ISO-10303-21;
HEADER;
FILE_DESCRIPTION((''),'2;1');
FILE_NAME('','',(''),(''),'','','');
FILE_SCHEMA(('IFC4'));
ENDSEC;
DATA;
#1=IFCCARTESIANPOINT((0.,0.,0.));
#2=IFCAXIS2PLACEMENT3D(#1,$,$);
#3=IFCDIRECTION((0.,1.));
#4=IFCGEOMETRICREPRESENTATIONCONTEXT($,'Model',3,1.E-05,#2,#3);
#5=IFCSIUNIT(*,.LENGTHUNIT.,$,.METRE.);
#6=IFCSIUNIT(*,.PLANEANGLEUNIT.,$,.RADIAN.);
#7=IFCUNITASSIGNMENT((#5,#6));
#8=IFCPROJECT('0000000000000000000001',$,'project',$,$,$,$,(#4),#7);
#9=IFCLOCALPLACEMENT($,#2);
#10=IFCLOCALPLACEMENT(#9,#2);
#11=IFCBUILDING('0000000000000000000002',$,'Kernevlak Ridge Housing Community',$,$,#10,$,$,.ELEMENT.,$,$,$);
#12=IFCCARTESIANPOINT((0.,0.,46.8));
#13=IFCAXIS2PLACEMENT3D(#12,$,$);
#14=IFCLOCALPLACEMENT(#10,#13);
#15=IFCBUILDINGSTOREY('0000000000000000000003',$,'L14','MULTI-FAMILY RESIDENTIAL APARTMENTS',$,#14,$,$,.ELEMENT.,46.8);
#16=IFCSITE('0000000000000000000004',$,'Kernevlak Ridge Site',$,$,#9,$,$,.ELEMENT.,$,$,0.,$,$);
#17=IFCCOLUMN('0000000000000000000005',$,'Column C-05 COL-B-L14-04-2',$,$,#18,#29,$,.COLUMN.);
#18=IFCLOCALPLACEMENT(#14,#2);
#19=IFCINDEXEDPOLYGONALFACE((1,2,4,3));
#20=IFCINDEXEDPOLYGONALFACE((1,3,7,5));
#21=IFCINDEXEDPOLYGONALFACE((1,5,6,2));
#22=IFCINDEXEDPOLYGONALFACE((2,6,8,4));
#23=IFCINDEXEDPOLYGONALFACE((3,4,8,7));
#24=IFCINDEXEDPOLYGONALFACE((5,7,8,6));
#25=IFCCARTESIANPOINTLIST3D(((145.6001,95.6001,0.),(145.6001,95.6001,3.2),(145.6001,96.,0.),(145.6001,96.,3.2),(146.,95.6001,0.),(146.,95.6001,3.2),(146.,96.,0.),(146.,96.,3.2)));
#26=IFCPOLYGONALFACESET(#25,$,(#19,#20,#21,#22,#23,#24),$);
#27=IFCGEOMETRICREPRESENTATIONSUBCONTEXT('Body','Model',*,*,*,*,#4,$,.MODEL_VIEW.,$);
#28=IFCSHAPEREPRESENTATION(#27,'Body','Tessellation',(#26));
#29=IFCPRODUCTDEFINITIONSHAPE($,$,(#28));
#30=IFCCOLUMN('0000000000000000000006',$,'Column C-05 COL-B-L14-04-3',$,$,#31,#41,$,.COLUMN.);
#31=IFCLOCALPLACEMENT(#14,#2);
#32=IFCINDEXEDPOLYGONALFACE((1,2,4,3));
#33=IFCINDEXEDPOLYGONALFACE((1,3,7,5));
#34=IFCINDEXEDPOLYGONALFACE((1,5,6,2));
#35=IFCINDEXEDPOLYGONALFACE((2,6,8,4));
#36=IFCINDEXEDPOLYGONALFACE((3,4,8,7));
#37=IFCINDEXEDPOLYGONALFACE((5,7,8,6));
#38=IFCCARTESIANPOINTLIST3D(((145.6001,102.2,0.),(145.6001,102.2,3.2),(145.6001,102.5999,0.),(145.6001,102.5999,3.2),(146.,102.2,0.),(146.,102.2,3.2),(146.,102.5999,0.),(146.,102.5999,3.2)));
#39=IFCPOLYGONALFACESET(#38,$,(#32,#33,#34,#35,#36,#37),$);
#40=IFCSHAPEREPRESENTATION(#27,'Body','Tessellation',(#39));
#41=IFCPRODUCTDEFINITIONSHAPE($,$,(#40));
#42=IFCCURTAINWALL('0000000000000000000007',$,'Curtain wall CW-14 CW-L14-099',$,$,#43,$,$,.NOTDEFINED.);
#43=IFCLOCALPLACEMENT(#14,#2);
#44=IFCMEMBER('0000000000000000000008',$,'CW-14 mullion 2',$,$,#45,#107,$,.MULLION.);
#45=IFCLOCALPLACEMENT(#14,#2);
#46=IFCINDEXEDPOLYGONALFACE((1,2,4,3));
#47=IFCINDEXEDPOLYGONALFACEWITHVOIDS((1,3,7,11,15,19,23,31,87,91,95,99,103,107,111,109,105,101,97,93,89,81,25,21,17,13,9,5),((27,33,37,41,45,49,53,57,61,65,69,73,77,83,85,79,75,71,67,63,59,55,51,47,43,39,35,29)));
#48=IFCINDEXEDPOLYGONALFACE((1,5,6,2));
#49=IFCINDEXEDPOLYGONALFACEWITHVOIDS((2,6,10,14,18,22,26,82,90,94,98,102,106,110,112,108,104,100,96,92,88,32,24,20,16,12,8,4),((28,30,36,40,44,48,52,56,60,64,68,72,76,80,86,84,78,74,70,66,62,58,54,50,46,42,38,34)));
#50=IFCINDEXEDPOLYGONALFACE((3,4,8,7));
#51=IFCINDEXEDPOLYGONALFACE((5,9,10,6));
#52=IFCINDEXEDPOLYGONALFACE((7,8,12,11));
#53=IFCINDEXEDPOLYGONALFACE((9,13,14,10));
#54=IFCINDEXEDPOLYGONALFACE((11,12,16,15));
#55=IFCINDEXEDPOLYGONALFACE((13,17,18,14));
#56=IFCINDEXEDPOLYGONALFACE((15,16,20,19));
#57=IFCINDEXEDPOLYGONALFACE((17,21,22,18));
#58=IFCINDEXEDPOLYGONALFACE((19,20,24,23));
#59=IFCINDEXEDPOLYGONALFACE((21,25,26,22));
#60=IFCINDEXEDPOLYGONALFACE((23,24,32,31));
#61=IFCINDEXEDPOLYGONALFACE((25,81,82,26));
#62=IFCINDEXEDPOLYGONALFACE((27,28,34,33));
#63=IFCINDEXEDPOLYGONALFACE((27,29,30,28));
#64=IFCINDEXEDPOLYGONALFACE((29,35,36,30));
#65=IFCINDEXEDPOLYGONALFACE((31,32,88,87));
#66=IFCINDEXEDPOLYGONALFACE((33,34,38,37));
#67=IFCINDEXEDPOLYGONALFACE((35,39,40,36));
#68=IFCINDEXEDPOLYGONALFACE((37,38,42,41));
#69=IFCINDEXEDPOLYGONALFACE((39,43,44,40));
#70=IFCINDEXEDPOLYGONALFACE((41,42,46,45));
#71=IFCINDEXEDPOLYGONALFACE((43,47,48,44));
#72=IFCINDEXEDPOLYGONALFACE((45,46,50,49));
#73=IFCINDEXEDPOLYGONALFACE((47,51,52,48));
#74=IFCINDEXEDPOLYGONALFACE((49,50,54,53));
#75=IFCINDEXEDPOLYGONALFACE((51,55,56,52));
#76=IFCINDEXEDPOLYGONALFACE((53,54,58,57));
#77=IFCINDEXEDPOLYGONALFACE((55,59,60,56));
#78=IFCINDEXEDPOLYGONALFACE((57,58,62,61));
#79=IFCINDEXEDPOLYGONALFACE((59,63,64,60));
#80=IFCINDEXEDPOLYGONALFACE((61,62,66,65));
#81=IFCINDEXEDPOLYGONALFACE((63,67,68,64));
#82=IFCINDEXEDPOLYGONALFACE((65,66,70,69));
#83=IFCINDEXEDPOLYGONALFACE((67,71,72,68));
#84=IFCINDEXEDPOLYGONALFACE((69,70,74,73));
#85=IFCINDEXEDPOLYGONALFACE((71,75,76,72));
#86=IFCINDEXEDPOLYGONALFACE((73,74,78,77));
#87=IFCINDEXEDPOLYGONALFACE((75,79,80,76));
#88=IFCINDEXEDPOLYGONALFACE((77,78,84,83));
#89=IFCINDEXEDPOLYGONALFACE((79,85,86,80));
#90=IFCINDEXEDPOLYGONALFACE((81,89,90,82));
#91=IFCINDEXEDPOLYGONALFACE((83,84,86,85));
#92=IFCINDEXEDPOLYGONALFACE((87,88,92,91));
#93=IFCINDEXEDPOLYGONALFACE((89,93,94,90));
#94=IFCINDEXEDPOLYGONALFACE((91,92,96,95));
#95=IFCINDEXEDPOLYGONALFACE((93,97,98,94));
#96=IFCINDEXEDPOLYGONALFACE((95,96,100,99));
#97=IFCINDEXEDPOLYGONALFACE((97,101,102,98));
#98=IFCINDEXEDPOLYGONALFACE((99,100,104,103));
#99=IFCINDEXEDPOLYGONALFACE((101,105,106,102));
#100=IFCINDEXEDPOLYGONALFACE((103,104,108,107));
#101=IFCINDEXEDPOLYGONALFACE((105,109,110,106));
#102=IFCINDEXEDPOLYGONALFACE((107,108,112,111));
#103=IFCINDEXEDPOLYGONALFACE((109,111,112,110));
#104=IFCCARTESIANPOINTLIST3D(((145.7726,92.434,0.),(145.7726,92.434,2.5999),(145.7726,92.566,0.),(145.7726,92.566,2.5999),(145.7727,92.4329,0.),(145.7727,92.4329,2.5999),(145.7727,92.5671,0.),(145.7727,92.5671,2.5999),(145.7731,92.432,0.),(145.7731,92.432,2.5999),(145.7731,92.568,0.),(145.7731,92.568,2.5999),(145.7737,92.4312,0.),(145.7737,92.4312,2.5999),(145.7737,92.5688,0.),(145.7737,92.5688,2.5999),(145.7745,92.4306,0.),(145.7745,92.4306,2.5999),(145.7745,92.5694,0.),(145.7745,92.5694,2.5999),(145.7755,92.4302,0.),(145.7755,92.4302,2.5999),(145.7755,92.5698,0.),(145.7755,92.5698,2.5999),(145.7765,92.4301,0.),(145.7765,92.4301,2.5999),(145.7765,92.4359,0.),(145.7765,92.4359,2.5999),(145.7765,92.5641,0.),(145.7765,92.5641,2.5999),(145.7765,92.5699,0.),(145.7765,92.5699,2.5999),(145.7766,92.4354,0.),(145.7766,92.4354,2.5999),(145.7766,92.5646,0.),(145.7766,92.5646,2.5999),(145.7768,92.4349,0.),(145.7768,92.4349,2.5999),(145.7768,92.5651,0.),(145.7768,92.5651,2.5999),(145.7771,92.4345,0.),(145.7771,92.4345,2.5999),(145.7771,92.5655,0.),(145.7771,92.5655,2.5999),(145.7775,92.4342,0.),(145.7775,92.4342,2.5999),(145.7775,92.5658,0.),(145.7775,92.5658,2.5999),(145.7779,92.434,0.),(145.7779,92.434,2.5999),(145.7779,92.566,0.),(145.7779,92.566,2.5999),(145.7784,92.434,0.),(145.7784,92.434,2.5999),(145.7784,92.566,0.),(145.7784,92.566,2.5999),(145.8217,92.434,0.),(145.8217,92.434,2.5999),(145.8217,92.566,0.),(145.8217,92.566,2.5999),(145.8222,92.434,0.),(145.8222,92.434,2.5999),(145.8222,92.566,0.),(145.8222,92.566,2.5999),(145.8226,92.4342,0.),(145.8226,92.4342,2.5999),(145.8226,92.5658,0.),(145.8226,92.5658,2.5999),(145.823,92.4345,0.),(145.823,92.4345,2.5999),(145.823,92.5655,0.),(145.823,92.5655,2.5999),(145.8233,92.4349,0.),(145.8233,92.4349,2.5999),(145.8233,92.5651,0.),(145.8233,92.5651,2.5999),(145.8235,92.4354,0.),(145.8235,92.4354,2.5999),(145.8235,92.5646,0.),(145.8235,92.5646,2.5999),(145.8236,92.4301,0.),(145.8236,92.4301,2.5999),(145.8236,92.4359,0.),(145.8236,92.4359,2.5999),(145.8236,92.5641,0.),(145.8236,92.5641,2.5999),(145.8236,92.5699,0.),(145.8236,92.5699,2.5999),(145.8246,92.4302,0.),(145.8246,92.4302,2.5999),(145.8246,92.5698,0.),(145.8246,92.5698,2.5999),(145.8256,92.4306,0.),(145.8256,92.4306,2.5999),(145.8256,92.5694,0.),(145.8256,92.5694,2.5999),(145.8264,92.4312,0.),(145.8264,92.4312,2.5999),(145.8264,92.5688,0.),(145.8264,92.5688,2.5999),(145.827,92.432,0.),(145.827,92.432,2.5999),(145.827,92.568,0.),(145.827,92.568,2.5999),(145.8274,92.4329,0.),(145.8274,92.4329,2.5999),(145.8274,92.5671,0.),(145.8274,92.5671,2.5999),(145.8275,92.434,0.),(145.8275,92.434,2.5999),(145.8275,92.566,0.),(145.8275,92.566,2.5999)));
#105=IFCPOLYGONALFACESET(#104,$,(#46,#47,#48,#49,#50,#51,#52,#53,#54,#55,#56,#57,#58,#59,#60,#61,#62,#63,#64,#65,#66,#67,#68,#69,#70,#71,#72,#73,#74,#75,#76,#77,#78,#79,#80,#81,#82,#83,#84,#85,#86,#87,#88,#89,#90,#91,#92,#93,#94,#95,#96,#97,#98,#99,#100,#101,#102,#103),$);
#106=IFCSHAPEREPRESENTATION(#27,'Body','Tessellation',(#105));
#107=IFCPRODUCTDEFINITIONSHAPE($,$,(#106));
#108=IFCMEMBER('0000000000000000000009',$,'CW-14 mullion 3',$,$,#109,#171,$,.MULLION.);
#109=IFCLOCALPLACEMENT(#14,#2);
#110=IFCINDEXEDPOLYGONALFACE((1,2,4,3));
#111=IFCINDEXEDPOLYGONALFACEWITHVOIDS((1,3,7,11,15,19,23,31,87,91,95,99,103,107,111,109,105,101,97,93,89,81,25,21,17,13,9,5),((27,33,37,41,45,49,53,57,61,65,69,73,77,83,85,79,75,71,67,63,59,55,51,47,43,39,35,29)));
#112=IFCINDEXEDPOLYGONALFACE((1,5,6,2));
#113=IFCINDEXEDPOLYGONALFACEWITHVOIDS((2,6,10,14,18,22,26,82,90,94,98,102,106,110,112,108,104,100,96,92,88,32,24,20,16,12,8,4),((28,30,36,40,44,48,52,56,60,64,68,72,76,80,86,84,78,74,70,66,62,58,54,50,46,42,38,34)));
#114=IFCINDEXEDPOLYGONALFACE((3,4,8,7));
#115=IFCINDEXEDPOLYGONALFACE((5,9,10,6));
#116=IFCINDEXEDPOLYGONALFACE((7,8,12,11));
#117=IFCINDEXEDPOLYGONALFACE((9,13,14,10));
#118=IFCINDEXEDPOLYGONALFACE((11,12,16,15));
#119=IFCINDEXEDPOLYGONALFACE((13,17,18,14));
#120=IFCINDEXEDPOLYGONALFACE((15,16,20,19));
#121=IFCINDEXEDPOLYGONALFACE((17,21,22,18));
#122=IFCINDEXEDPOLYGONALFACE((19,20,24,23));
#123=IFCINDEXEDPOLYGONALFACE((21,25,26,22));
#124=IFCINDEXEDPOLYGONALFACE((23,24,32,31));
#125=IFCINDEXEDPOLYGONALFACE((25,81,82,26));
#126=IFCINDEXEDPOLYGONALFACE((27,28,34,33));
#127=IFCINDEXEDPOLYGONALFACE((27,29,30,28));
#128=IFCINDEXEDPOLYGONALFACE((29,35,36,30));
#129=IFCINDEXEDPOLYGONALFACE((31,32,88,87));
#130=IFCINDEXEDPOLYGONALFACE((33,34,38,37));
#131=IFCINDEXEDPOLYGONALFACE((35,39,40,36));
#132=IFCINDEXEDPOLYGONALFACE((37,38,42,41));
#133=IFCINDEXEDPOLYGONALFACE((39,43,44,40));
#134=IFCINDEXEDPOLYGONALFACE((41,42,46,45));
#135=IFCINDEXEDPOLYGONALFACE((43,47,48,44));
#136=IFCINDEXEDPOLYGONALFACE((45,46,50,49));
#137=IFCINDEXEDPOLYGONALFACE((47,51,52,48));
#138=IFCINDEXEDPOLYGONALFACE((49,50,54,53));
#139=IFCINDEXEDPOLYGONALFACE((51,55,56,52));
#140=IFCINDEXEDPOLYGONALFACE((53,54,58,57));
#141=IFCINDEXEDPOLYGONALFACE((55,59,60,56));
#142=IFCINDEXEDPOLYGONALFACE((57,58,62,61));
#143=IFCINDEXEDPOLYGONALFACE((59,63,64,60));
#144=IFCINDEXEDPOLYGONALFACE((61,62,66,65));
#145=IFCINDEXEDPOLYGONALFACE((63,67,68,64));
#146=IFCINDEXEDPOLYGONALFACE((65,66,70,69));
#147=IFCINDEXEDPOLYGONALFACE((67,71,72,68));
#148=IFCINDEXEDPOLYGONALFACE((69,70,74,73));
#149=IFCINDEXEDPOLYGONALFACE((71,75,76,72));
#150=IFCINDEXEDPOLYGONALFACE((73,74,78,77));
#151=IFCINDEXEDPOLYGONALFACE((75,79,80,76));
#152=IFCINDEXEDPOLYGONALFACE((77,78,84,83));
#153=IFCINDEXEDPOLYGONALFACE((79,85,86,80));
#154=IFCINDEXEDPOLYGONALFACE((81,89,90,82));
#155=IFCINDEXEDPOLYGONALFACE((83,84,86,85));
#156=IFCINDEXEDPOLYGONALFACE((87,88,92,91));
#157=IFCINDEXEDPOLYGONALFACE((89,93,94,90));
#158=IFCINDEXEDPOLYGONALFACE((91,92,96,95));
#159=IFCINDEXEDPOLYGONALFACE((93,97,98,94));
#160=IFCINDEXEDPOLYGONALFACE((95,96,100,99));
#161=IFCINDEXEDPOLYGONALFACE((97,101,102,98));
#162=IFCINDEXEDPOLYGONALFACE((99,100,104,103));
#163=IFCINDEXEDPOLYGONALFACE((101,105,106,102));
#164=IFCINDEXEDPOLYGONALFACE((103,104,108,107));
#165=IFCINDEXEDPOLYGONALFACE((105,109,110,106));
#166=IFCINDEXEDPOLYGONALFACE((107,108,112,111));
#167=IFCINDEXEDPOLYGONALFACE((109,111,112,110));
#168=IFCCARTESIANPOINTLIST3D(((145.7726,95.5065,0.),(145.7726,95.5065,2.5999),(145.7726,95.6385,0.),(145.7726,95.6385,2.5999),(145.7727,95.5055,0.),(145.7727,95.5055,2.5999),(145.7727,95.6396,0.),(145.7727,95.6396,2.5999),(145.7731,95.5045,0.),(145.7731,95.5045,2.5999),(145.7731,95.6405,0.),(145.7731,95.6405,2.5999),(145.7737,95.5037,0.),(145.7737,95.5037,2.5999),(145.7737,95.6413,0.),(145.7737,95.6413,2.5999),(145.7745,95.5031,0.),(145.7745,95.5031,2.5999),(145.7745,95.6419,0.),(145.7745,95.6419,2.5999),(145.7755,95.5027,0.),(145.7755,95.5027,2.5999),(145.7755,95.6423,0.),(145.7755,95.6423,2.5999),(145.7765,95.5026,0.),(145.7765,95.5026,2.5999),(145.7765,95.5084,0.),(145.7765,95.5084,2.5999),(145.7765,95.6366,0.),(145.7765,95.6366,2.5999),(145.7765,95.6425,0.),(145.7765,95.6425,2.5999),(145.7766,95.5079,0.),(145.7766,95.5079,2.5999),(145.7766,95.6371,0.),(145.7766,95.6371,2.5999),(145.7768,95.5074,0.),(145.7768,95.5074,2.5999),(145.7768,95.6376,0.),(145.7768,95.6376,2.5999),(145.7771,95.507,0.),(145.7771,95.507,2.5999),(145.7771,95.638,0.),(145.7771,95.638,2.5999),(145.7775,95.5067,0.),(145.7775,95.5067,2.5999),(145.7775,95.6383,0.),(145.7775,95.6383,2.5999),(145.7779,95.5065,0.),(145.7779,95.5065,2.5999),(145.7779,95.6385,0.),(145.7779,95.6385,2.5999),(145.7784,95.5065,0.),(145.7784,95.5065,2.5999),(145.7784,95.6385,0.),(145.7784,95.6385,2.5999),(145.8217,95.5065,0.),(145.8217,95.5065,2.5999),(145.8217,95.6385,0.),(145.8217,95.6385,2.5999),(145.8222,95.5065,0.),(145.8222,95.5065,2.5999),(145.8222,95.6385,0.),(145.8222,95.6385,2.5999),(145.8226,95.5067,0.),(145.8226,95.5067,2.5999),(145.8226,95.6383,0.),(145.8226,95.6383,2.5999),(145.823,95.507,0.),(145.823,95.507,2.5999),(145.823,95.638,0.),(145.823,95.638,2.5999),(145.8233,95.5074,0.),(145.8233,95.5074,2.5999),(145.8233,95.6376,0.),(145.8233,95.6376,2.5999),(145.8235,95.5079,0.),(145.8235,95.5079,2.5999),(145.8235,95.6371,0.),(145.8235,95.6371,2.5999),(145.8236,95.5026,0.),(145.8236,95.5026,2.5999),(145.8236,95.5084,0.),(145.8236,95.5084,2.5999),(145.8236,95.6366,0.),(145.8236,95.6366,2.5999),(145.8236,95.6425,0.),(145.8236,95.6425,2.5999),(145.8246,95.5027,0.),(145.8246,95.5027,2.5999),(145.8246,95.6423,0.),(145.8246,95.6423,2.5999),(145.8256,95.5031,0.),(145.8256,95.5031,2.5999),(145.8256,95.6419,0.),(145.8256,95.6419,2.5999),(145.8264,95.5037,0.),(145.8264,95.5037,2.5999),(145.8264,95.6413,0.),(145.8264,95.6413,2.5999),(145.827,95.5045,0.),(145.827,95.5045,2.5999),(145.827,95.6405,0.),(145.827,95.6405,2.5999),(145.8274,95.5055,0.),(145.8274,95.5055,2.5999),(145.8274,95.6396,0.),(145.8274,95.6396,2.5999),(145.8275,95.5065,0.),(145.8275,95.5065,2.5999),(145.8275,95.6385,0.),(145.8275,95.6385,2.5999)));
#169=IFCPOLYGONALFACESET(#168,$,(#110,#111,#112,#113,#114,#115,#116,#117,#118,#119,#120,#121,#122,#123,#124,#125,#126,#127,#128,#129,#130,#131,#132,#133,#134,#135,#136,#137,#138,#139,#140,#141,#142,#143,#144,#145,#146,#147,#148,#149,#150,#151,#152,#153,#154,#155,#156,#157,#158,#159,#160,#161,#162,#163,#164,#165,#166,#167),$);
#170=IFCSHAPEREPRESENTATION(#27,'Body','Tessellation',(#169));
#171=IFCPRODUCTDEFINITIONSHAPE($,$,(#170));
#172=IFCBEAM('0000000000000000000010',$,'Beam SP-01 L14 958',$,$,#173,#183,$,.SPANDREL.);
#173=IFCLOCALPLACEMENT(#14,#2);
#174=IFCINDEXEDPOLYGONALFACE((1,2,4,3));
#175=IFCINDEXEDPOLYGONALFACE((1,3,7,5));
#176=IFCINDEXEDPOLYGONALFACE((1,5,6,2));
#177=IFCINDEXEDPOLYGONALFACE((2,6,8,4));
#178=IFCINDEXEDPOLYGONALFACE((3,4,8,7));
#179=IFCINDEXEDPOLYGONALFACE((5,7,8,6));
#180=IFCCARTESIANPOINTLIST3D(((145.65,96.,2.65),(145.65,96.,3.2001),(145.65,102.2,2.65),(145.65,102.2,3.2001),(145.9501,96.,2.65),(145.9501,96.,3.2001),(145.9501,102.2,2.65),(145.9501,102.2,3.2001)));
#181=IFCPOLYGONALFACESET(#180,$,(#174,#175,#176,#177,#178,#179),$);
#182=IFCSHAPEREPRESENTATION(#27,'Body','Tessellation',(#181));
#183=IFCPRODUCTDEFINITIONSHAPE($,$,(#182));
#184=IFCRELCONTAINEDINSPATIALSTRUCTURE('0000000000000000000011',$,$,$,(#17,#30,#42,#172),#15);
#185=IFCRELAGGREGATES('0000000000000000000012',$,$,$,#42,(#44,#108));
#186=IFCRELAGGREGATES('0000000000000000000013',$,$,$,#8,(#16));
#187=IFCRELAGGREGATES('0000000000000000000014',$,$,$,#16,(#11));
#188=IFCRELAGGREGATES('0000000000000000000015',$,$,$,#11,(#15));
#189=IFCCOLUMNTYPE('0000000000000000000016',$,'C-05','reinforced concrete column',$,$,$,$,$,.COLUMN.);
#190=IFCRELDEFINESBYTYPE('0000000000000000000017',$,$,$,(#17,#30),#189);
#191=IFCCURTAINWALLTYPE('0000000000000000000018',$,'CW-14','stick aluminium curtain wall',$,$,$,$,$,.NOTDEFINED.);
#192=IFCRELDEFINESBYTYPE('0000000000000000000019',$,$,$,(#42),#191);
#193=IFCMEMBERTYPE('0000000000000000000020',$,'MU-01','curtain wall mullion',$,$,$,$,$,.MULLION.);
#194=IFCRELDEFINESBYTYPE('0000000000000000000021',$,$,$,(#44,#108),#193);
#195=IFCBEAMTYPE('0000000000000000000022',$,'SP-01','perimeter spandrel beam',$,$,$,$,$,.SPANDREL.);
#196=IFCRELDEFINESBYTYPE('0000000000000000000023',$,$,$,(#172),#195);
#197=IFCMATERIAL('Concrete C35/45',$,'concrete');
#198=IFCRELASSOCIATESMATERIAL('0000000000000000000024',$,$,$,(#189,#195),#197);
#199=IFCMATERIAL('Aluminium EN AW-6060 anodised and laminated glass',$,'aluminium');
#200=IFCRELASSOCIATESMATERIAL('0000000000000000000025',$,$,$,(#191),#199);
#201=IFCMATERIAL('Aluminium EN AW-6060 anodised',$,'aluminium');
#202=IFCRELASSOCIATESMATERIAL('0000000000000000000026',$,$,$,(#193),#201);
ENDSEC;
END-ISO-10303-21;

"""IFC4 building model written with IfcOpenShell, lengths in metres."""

from ifc_helpers import new_model, si_unit, direction, frame, origin, origin_2d, place, context, subcontext, project, spatial, rectangle, hollow_rectangle, extrude, material, material_profile, profile_set, type_object, element, aggregate, save


model = new_model("IFC4")

# Units and contexts
model_context = context("Model", 3, precision=1e-05, world=origin(), true_north=direction((0.0, 1.0)))
body_context = subcontext(model_context, "Body", "Model", "MODEL_VIEW")
ifc_project = project(units=[si_unit("LENGTHUNIT", "METRE"), si_unit("PLANEANGLEUNIT", "RADIAN")], contexts=[model_context])

# Site, building, storey
site_placement = place(None, origin())
site = spatial("IfcSite", under=ifc_project, at=site_placement, Name="Kernevlak Ridge Site", CompositionType="ELEMENT", RefElevation=0.0)
building_placement = place(site_placement, origin())
building = spatial("IfcBuilding", under=site, at=building_placement, Name="Kernevlak Ridge Housing Community", CompositionType="ELEMENT")
storey_placement = place(building_placement, frame((0.0, 0.0, 46.8)))
storey = spatial("IfcBuildingStorey", under=building, at=storey_placement, Name="L14", Description="MULTI-FAMILY RESIDENTIAL APARTMENTS", CompositionType="ELEMENT", Elevation=46.8)

# Columns
ifc_material_1 = material(Name="Concrete C35/45", Category="concrete")
ifc_material_profile_1 = material_profile(ifc_material_1, rectangle(XDim=0.3999, YDim=0.3999, at=origin_2d()), Name="RC 400x400")
ifc_profile_set_1 = profile_set([ifc_material_profile_1], Name="Concrete C35/45")
column_type = type_object("IfcColumnType", Name="C-05", Description="reinforced concrete column", PredefinedType="COLUMN", material=ifc_profile_set_1)
for number, where, z_axis, x_axis, name in (
    (1, (145.8, 95.8, 0.0), (0.0, 0.0, 1.0), (1.0, 0.0, 0.0), "Column C-05 COL-B-L14-04-2"),
    (2, (145.8, 102.3999, 0.0), (0.0, 0.0, 1.0), (1.0, 0.0, 0.0), "Column C-05 COL-B-L14-04-3"),
):
    element("IfcColumn", number, at=place(storey_placement, frame(where, z_axis=z_axis, x_axis=x_axis)), inside=storey, type_object=column_type, Name=name, PredefinedType="COLUMN", context=body_context, shape_type="SweptSolid", body=[
        extrude(rectangle(XDim=0.3999, YDim=0.3999, at=origin_2d()), origin(), (0.0, 0.0, 1.0), 3.2),
    ])

# Curtain wall, members
ifc_material_2 = material(Name="Aluminium EN AW-6060 anodised and laminated glass", Category="aluminium")
curtain_wall_type = type_object("IfcCurtainWallType", Name="CW-14", Description="stick aluminium curtain wall", PredefinedType="NOTDEFINED", material=ifc_material_2)
curtain_wall_placement = place(storey_placement, origin())
curtain_wall = element("IfcCurtainWall", 3, at=curtain_wall_placement, inside=storey, type_object=curtain_wall_type, Name="Curtain wall CW-14 CW-L14-099", PredefinedType="NOTDEFINED")
ifc_material_3 = material(Name="Aluminium EN AW-6060 anodised", Category="aluminium")
ifc_material_profile_2 = material_profile(ifc_material_3, hollow_rectangle(XDim=0.0549, YDim=0.1399, WallThickness=0.0039, InnerFilletRadius=0.002, OuterFilletRadius=0.0039, at=origin_2d()), Name="ALU 55x140x4")
ifc_profile_set_2 = profile_set([ifc_material_profile_2], Name="Aluminium EN AW-6060 anodised")
member_type_1 = type_object("IfcMemberType", Name="MU-01", Description="curtain wall mullion", PredefinedType="MULLION", material=ifc_profile_set_2)
member_1_placement = place(storey_placement, frame((145.8, 92.5, 0.0), z_axis=(0.0, 0.0, 1.0), x_axis=(-1.0, 0.0, 0.0)))
member_1 = element("IfcMember", 4, at=member_1_placement, type_object=member_type_1, Name="CW-14 mullion 2", PredefinedType="MULLION", context=body_context, shape_type="SweptSolid", body=[
    extrude(hollow_rectangle(XDim=0.0549, YDim=0.1399, WallThickness=0.0039, InnerFilletRadius=0.002, OuterFilletRadius=0.0039, at=origin_2d()), origin(), (0.0, 0.0, 1.0), 2.5999),
])
member_2_placement = place(storey_placement, frame((145.8, 95.5725, 0.0), z_axis=(0.0, 0.0, 1.0), x_axis=(-1.0, 0.0, 0.0)))
member_2 = element("IfcMember", 5, at=member_2_placement, type_object=member_type_1, Name="CW-14 mullion 3", PredefinedType="MULLION", context=body_context, shape_type="SweptSolid", body=[
    extrude(hollow_rectangle(XDim=0.0549, YDim=0.1399, WallThickness=0.0039, InnerFilletRadius=0.002, OuterFilletRadius=0.0039, at=origin_2d()), origin(), (0.0, 0.0, 1.0), 2.5999),
])

# Beam
ifc_material_profile_3 = material_profile(ifc_material_1, rectangle(XDim=0.3, YDim=0.55, at=origin_2d()), Name="RC 300x550")
ifc_profile_set_3 = profile_set([ifc_material_profile_3], Name="Concrete C35/45")
beam_type = type_object("IfcBeamType", Name="SP-01", Description="perimeter spandrel beam", PredefinedType="SPANDREL", material=ifc_profile_set_3)
beam_placement = place(storey_placement, frame((145.8, 96.0, 2.925), z_axis=(0.0, 1.0, 0.0), x_axis=(-1.0, 0.0, 0.0)))
element("IfcBeam", 6, at=beam_placement, inside=storey, type_object=beam_type, Name="Beam SP-01 L14 958", PredefinedType="SPANDREL", context=body_context, shape_type="SweptSolid", body=[
    extrude(rectangle(XDim=0.3, YDim=0.55, at=origin_2d()), origin(), (0.0, 0.0, 1.0), 6.2),
])

aggregate(curtain_wall, [member_1, member_2])

save(model, "model.ifc")
